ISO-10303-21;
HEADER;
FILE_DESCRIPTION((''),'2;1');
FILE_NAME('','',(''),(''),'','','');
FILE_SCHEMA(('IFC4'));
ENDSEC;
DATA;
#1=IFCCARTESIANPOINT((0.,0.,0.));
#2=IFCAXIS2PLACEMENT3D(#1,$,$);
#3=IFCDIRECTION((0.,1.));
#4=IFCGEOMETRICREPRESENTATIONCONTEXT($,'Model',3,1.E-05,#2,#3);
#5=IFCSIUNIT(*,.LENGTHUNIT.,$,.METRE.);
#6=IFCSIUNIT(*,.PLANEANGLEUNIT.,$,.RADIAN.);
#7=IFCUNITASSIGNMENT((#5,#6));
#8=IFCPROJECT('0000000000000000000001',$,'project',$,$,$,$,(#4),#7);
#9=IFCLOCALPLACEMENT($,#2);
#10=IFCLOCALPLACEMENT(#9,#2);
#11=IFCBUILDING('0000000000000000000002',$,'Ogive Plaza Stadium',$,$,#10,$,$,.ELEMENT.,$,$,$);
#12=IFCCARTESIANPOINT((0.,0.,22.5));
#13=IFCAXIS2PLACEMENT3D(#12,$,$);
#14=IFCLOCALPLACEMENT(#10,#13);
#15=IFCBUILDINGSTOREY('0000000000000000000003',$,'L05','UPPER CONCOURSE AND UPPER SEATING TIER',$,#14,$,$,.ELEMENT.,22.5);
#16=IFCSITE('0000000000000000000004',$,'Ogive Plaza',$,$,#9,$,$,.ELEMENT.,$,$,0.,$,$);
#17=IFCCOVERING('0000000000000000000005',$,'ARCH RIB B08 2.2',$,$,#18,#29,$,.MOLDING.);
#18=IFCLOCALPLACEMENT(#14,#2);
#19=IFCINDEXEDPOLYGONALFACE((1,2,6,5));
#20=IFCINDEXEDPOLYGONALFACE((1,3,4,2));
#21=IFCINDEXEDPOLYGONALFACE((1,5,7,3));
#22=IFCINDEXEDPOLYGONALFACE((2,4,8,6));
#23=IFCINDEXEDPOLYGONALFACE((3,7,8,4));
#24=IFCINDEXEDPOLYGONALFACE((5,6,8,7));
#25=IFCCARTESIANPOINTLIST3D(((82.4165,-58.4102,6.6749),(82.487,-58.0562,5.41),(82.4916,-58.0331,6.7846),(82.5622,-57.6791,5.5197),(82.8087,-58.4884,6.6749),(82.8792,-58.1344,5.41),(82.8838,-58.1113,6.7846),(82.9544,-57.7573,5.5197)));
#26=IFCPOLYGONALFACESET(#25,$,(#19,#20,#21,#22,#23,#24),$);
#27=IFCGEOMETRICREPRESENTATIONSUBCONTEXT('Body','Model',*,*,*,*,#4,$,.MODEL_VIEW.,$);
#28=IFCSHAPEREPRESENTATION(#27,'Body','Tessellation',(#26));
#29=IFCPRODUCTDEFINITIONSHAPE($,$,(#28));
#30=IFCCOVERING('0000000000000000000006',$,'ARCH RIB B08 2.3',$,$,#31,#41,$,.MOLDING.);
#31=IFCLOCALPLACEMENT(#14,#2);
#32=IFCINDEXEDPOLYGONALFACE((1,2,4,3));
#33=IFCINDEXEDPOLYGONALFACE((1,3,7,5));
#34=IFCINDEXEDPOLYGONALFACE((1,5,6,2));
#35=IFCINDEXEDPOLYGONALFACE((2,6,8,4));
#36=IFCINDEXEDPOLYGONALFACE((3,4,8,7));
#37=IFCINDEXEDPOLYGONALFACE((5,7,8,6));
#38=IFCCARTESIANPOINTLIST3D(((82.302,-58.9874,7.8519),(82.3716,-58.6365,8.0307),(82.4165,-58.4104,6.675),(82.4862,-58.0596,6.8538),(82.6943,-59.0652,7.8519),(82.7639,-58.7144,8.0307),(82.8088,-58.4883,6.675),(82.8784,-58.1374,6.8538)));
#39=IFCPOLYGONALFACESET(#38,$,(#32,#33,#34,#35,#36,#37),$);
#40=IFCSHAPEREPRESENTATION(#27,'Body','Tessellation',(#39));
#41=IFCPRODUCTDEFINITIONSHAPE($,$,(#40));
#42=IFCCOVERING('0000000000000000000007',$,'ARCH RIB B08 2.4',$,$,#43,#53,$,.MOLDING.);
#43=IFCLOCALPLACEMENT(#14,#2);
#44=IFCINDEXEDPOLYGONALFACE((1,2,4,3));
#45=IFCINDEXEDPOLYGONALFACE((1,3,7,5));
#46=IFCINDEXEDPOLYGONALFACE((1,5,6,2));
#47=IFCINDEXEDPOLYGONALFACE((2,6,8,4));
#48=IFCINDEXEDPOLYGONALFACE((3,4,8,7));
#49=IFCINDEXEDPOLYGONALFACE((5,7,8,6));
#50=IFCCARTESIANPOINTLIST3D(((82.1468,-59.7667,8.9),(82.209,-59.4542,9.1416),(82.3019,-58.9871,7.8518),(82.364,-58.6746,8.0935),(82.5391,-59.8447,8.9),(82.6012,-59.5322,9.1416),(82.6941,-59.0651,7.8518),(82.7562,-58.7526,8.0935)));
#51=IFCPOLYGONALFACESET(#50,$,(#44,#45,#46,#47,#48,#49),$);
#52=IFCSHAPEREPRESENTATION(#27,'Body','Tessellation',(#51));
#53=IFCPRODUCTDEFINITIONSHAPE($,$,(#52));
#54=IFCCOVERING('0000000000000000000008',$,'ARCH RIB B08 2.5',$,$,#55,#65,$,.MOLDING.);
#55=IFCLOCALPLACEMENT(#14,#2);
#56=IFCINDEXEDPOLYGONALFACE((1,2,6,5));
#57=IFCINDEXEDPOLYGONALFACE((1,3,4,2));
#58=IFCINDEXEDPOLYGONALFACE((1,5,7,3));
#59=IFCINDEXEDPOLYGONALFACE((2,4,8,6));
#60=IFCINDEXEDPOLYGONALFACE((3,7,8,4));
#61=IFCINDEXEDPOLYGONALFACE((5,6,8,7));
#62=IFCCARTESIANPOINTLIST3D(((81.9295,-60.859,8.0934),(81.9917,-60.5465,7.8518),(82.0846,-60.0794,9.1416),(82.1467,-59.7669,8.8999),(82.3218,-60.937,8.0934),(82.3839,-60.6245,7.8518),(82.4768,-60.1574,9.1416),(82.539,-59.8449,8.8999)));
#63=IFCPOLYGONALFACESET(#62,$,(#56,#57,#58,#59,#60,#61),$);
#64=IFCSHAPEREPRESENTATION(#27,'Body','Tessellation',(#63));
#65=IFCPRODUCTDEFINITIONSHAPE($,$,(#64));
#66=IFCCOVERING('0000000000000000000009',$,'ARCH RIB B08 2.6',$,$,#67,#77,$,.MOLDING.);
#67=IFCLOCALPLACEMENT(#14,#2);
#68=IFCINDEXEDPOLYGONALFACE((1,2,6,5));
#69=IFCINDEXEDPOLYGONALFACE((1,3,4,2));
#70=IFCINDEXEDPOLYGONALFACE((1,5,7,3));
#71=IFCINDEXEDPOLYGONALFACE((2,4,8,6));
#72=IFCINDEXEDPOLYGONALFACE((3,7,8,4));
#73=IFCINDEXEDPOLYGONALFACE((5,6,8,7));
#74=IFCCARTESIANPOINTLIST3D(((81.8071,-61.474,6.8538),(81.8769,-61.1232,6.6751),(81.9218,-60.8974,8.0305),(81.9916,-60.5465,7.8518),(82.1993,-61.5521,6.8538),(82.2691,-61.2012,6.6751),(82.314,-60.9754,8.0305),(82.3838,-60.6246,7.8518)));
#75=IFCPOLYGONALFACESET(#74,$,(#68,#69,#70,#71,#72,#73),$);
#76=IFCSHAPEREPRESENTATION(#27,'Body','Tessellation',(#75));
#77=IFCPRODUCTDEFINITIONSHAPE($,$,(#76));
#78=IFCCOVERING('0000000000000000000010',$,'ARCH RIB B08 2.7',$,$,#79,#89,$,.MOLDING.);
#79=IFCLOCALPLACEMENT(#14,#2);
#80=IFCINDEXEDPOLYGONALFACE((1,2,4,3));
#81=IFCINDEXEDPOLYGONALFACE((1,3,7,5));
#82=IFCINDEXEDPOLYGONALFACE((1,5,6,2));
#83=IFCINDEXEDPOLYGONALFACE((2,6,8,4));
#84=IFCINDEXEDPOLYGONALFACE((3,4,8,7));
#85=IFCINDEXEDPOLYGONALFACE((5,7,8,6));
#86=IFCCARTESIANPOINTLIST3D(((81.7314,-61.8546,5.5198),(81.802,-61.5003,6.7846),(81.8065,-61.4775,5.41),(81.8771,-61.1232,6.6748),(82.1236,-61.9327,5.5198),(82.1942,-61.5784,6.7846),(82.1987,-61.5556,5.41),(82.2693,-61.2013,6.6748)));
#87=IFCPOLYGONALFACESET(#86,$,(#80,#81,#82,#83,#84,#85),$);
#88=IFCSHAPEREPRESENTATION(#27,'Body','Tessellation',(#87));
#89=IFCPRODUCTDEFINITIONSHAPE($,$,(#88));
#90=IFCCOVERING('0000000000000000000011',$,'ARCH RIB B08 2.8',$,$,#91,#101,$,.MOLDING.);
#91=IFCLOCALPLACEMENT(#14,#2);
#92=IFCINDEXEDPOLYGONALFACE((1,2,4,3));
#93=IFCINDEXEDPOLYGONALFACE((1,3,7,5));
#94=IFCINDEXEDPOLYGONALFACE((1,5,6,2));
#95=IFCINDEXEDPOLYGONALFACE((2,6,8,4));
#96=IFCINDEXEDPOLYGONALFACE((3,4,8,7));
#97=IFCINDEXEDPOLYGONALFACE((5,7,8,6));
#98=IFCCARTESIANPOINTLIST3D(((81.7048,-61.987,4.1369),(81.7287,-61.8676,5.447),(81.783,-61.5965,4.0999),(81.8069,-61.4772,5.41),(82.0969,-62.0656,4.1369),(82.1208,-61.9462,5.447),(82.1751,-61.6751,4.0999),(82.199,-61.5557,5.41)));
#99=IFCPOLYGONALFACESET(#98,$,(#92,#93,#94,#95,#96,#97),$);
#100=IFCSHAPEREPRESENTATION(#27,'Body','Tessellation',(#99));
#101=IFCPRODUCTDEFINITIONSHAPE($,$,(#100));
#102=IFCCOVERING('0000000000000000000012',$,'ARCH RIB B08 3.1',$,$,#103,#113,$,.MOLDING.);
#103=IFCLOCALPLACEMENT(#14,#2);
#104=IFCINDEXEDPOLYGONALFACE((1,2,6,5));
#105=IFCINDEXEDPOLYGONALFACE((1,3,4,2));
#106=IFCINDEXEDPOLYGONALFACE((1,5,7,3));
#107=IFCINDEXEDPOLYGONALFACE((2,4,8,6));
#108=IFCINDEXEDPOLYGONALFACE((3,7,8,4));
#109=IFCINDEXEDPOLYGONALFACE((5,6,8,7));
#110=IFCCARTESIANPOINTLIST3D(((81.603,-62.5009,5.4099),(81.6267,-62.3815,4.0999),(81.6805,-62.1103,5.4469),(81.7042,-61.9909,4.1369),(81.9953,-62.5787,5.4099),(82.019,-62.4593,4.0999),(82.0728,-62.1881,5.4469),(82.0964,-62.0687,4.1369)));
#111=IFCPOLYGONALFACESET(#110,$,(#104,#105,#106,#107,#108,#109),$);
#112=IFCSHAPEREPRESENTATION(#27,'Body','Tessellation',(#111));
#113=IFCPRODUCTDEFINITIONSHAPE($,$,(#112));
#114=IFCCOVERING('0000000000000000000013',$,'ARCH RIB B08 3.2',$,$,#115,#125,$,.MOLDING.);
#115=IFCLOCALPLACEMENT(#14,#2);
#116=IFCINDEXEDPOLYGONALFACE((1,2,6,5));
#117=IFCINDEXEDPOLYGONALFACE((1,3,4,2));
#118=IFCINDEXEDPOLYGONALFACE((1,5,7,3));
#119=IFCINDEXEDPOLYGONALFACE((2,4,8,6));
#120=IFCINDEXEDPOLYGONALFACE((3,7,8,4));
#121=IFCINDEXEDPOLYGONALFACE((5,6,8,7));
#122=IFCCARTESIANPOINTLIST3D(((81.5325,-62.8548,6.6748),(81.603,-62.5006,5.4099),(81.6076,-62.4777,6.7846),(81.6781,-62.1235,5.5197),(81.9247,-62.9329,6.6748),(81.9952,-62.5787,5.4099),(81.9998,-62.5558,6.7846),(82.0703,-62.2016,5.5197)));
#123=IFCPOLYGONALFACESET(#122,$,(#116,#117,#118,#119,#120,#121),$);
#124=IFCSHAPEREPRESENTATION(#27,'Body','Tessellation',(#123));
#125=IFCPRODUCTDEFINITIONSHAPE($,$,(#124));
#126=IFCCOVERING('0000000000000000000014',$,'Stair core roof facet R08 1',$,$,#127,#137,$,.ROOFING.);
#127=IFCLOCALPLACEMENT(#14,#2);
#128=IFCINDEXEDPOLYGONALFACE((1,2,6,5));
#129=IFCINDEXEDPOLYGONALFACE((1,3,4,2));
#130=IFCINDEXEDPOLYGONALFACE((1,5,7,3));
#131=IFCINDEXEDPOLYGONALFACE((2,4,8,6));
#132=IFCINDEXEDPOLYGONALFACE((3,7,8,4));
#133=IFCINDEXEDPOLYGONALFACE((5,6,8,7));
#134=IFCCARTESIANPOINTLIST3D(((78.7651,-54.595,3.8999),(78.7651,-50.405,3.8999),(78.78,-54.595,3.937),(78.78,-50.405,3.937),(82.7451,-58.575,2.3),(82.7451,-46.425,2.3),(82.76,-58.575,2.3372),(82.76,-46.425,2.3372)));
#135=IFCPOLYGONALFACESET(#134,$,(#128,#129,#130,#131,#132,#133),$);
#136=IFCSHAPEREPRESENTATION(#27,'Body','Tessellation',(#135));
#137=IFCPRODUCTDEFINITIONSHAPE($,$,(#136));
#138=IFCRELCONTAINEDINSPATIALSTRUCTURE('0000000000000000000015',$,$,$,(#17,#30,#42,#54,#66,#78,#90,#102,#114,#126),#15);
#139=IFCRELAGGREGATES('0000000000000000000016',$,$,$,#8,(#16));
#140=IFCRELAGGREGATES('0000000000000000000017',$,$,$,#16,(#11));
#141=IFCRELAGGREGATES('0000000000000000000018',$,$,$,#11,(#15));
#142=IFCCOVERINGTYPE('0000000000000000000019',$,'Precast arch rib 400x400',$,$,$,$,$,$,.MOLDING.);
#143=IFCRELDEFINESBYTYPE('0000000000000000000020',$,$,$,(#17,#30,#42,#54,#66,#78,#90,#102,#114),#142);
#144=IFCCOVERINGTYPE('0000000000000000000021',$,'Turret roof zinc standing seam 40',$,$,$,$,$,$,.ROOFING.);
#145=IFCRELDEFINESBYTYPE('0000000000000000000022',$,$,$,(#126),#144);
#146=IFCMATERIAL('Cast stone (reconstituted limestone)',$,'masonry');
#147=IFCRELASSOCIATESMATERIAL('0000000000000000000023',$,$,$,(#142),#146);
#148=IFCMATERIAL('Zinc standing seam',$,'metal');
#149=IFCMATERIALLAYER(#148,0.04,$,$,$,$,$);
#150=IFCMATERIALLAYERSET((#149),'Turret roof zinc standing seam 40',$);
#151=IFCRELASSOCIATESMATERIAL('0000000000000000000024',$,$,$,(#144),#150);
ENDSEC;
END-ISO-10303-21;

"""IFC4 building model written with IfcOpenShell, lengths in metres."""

from ifc_helpers import new_model, si_unit, direction, frame, origin, origin_2d, place, context, subcontext, project, spatial, polyline, rectangle, outline, extrude, material, layer, layer_set, material_profile, profile_set, type_object, element, save


model = new_model("IFC4")

# Units and contexts
model_context = context("Model", 3, precision=1e-05, world=origin(), true_north=direction((0.0, 1.0)))
body_context = subcontext(model_context, "Body", "Model", "MODEL_VIEW")
ifc_project = project(units=[si_unit("LENGTHUNIT", "METRE"), si_unit("PLANEANGLEUNIT", "RADIAN")], contexts=[model_context])

# Site, building, storey
site_placement = place(None, origin())
site = spatial("IfcSite", under=ifc_project, at=site_placement, Name="Ogive Plaza", CompositionType="ELEMENT", RefElevation=0.0)
building_placement = place(site_placement, origin())
building = spatial("IfcBuilding", under=site, at=building_placement, Name="Ogive Plaza Stadium", CompositionType="ELEMENT")
storey_placement = place(building_placement, frame((0.0, 0.0, 22.5)))
storey = spatial("IfcBuildingStorey", under=building, at=storey_placement, Name="L05", Description="UPPER CONCOURSE AND UPPER SEATING TIER", CompositionType="ELEMENT", Elevation=22.5)

# Coverings
ifc_material_1 = material(Name="Cast stone (reconstituted limestone)", Category="masonry")
ifc_material_profile_1 = material_profile(ifc_material_1, rectangle(XDim=0.3999, YDim=0.3999, at=origin_2d()), Name="Cast stone 400x400")
ifc_profile_set_1 = profile_set([ifc_material_profile_1], Name="Cast stone (reconstituted limestone)")
covering_type_1 = type_object("IfcCoveringType", Name="Precast arch rib 400x400", PredefinedType="MOLDING", material=ifc_profile_set_1)
covering_1_placement = place(storey_placement, frame((82.7207, -57.9067, 5.4648), z_axis=(-0.053639, -0.269125, 0.96161), x_axis=(0.980711, -0.195466, 0.0)))
element("IfcCovering", 1, at=covering_1_placement, inside=storey, type_object=covering_type_1, Name="ARCH RIB B08 2.2", PredefinedType="MOLDING", context=body_context, shape_type="SweptSolid", body=[
    extrude(rectangle(XDim=0.3999, YDim=0.3999, at=origin_2d()), origin(), (0.0, 0.0, 1.0), 1.3154),
])
covering_2_placement = place(storey_placement, frame((82.6475, -58.2739, 6.7644), z_axis=(-0.087037, -0.438525, 0.894494), x_axis=(0.980867, -0.194679, 0.0)))
element("IfcCovering", 2, at=covering_2_placement, inside=storey, type_object=covering_type_1, Name="ARCH RIB B08 2.3", PredefinedType="MOLDING", context=body_context, shape_type="SweptSolid", body=[
    extrude(rectangle(XDim=0.3999, YDim=0.3999, at=origin_2d()), origin(), (0.0, 0.0, 1.0), 1.3157),
])
for number, where, z_axis, x_axis, name in (
    (3, (82.5291, -58.8699, 7.9727), (-0.117859, -0.592636, 0.796801), (0.980793, -0.195053, 0.0), "ARCH RIB B08 2.4"),
    (4, (82.3118, -59.9622, 9.0208), (-0.117859, -0.592636, -0.796801), (0.980793, -0.195053, 0.0), "ARCH RIB B08 2.5"),
    (5, (82.1528, -60.761, 7.9412), (-0.087228, -0.438368, -0.894553), (0.980772, -0.195158, 0.0), "ARCH RIB B08 2.6"),
    (6, (82.0356, -61.3508, 6.7297), (-0.053637, -0.269297, -0.961562), (0.980736, -0.195336, 0.0), "ARCH RIB B08 2.7"),
):
    element("IfcCovering", number, at=place(storey_placement, frame(where, z_axis=z_axis, x_axis=x_axis)), inside=storey, type_object=covering_type_1, Name=name, PredefinedType="MOLDING", context=body_context, shape_type="SweptSolid", body=[
        extrude(rectangle(XDim=0.3999, YDim=0.3999, at=origin_2d()), origin(), (0.0, 0.0, 1.0), 1.3154),
    ])
for number, where, z_axis, x_axis, name in (
    (7, (81.9639, -61.7117, 5.4285), (-0.018185, -0.090738, -0.995709), (0.980503, -0.196502, 0.0), "ARCH RIB B08 2.8"),
    (8, (81.8616, -62.2251, 4.1184), (-0.017999, -0.090739, 0.995712), (0.980888, -0.194573, 0.0), "ARCH RIB B08 3.1"),
):
    element("IfcCovering", number, at=place(storey_placement, frame(where, z_axis=z_axis, x_axis=x_axis)), inside=storey, type_object=covering_type_1, Name=name, PredefinedType="MOLDING", context=body_context, shape_type="SweptSolid", body=[
        extrude(rectangle(XDim=0.3999, YDim=0.3999, at=origin_2d()), origin(), (0.0, 0.0, 1.0), 1.3157),
    ])
covering_3_placement = place(storey_placement, frame((81.8367, -62.3511, 5.4648), z_axis=(-0.053637, -0.269297, 0.961562), x_axis=(0.980736, -0.195336, 0.0)))
element("IfcCovering", 9, at=covering_3_placement, inside=storey, type_object=covering_type_1, Name="ARCH RIB B08 3.2", PredefinedType="MOLDING", context=body_context, shape_type="SweptSolid", body=[
    extrude(rectangle(XDim=0.3999, YDim=0.3999, at=origin_2d()), origin(), (0.0, 0.0, 1.0), 1.3154),
])
ifc_material_2 = material(Name="Zinc standing seam", Category="metal")
ifc_layer_1 = layer(ifc_material_2, 0.04)
ifc_layer_set_1 = layer_set([ifc_layer_1], Name="Turret roof zinc standing seam 40")
covering_type_2 = type_object("IfcCoveringType", Name="Turret roof zinc standing seam 40", PredefinedType="ROOFING", material=ifc_layer_set_1)
covering_4_placement = place(storey_placement, frame((82.76, -58.575, 2.3372), z_axis=(0.37297, 0.0, 0.927843), x_axis=(0.0, 1.0, 0.0)))
element("IfcCovering", 10, at=covering_4_placement, inside=storey, type_object=covering_type_2, Name="Stair core roof facet R08 1", PredefinedType="ROOFING", context=body_context, shape_type="SweptSolid", body=[
    extrude(outline(polyline([(0.0, 0.0), (12.1499, 0.0), (8.1699, 4.2895), (3.98, 4.2895), (0.0, 0.0)])), origin(), (0.0, 0.0, -1.0), 0.04),
])

save(model, "model.ifc")
